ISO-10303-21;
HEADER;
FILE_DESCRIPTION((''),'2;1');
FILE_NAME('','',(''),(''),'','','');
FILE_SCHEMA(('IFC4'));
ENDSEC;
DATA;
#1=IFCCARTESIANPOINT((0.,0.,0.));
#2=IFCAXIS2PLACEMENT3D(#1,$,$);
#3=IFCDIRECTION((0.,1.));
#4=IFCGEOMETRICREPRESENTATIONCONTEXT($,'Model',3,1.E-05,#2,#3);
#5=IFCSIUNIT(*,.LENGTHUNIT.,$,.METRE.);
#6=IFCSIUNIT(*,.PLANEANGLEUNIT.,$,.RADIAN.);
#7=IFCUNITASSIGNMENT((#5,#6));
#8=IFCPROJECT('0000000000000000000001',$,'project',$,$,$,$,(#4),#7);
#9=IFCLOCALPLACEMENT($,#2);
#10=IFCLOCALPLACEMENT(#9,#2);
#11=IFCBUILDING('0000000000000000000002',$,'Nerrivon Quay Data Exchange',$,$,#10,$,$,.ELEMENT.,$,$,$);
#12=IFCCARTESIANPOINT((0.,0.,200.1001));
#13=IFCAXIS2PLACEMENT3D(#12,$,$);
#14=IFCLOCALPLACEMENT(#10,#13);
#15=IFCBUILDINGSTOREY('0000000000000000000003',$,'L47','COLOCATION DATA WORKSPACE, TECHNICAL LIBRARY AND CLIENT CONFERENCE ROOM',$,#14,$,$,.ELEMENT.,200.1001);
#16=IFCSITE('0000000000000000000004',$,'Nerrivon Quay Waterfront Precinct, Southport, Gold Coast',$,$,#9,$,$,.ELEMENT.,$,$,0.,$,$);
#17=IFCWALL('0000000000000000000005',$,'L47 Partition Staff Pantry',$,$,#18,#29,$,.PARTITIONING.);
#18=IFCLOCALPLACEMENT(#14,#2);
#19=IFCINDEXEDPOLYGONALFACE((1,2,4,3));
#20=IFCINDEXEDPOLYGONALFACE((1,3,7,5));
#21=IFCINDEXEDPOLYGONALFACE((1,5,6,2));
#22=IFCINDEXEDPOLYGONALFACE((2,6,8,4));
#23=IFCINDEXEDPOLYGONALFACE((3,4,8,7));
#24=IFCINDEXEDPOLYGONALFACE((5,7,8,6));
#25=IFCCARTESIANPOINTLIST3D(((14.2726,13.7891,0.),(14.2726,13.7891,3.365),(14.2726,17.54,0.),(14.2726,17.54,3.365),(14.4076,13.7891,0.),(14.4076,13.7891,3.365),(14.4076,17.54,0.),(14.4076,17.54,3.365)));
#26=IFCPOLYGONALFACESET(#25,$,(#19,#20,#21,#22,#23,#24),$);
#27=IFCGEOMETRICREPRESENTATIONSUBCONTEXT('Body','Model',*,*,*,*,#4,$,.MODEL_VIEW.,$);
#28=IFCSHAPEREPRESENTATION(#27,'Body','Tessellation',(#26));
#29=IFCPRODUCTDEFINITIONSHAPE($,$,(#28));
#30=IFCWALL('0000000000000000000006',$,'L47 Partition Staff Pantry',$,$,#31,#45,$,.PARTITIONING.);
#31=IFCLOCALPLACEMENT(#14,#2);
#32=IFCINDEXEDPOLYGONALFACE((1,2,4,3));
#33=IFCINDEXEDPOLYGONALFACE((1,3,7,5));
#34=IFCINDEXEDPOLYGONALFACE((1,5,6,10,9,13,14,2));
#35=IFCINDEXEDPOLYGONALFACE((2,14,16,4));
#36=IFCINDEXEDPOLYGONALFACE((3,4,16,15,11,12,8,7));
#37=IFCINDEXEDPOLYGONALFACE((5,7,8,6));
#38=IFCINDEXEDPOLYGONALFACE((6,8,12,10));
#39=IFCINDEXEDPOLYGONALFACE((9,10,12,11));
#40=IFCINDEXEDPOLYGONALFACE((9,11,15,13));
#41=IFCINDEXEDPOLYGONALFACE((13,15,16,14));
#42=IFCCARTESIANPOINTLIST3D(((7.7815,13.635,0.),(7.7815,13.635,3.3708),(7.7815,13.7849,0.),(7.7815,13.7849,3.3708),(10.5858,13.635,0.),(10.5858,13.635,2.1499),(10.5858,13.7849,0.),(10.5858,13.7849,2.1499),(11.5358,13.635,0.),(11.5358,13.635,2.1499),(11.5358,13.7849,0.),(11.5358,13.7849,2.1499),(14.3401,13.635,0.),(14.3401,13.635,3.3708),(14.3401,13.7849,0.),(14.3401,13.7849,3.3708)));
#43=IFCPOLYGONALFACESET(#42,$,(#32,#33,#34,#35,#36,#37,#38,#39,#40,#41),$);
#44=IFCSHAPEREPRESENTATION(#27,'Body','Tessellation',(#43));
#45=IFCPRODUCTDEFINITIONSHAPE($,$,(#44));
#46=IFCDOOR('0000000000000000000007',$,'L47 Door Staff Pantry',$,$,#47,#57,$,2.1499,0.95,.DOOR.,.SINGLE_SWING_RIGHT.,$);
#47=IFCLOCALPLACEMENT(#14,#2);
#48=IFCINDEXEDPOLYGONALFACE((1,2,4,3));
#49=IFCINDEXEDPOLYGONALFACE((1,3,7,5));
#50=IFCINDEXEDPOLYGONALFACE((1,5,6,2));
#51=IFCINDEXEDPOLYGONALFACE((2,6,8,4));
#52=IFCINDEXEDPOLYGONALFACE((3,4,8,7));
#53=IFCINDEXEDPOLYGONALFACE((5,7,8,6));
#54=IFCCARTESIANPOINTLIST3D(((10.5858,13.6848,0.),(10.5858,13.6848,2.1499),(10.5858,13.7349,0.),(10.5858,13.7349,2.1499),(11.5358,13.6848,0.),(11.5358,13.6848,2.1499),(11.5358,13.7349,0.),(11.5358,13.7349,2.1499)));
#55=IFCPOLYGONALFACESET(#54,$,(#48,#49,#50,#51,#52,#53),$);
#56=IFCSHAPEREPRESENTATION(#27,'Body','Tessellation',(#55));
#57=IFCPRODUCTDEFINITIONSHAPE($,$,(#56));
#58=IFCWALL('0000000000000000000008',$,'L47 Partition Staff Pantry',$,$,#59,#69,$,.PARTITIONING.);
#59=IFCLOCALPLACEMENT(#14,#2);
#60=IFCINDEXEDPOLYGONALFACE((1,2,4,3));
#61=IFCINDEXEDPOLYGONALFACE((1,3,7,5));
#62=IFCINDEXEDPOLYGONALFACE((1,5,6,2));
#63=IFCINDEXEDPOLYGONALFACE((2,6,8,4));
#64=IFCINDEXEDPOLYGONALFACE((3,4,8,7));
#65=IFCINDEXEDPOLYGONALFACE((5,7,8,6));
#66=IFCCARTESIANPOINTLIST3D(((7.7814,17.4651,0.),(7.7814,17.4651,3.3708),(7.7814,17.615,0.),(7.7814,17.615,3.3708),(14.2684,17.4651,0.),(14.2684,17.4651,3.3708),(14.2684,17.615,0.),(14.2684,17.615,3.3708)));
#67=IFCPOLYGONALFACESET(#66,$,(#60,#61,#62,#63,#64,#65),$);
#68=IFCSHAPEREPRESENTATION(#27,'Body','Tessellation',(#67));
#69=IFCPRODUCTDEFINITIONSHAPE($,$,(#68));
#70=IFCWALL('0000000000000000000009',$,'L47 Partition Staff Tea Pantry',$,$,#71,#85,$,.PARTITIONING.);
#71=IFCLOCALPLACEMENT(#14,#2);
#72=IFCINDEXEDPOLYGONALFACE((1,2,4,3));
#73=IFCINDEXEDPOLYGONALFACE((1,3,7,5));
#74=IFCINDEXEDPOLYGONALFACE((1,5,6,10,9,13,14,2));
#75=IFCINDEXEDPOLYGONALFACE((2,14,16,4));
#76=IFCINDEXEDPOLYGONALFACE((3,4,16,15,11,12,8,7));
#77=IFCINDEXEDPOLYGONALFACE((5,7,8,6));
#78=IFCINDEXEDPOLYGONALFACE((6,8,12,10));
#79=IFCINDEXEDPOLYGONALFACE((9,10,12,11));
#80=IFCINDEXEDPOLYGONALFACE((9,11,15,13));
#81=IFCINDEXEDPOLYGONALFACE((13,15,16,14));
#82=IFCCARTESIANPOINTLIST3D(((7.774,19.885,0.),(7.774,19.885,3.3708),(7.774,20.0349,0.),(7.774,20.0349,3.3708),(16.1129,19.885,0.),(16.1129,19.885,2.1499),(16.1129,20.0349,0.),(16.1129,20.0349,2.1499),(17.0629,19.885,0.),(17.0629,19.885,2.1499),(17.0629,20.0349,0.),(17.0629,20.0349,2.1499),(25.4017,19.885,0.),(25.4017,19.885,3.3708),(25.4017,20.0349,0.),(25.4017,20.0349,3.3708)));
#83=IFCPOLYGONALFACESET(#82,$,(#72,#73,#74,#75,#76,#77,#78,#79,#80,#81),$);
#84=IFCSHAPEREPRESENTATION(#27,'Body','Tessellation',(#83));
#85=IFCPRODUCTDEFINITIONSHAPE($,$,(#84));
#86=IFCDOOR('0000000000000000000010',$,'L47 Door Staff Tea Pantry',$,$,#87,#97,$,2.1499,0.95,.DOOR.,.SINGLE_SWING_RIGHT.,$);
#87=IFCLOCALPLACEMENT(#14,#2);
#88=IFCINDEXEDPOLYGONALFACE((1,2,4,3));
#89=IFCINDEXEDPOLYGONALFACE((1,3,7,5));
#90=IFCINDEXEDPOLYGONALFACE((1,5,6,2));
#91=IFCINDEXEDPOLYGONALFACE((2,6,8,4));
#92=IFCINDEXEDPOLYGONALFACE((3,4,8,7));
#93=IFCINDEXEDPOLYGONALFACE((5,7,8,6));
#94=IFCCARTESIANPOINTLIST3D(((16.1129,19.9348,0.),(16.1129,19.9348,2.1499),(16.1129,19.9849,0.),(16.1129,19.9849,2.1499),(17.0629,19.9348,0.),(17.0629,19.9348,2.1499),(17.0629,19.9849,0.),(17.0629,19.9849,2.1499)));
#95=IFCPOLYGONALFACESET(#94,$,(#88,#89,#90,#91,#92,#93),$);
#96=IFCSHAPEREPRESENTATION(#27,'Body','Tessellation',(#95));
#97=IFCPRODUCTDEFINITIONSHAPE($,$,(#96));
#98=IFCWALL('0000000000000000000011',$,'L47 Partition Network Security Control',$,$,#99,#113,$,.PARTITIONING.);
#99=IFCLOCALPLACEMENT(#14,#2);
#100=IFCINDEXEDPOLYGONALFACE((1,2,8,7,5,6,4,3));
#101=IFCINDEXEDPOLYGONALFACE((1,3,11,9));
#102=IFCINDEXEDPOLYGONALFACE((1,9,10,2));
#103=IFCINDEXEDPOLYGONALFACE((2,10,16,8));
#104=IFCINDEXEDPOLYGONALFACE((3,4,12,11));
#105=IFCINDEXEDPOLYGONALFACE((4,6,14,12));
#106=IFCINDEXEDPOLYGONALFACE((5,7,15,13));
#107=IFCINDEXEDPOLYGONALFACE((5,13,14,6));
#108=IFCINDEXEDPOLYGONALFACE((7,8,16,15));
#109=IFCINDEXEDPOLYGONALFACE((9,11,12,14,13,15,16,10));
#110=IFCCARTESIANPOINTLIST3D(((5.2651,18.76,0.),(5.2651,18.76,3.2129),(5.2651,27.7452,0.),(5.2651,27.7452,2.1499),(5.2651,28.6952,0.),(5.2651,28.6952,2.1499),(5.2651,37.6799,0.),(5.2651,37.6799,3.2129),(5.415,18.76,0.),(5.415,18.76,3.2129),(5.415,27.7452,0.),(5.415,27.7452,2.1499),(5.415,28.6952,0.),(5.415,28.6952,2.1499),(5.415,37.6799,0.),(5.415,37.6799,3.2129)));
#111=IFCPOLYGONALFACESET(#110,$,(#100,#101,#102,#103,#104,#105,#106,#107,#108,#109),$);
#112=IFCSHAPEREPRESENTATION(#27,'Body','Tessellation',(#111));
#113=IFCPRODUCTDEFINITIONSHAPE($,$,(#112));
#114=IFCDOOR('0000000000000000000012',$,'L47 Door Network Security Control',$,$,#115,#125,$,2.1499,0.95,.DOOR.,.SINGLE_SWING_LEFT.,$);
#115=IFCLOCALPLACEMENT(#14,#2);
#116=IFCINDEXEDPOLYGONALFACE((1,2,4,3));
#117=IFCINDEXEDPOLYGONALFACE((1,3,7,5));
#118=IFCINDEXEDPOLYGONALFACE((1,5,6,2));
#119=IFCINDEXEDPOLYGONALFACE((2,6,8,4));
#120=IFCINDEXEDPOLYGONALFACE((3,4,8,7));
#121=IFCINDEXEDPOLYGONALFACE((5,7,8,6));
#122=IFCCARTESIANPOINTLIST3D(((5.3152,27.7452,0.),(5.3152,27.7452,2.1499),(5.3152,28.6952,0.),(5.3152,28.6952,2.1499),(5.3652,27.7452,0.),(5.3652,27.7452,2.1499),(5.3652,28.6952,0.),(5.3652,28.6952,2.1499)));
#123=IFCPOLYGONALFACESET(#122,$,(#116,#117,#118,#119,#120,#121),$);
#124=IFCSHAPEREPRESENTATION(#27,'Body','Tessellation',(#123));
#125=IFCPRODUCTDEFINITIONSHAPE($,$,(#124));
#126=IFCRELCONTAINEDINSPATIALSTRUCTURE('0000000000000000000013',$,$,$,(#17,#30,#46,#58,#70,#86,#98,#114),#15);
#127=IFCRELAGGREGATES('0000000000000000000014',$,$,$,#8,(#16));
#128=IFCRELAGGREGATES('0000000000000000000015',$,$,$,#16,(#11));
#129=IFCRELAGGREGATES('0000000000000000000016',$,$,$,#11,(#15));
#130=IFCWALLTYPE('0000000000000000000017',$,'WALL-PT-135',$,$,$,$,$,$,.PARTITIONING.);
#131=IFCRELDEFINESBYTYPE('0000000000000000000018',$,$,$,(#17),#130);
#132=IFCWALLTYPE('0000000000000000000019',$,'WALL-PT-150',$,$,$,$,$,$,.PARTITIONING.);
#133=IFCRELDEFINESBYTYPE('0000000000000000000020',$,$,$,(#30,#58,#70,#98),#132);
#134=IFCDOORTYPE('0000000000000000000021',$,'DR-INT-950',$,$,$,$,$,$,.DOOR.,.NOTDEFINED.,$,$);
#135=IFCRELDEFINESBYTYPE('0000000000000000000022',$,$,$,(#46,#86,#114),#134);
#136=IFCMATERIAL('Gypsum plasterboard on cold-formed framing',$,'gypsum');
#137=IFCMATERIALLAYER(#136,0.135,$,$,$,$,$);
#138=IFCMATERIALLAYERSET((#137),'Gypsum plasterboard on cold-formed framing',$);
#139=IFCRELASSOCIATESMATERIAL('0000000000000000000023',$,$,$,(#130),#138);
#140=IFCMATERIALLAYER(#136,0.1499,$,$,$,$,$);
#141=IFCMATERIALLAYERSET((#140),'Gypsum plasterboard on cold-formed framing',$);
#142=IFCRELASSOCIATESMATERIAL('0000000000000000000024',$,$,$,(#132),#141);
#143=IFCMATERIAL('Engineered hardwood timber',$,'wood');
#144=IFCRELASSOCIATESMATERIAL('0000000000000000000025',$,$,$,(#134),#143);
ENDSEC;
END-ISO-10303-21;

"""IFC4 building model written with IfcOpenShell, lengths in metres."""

from ifc_helpers import new_model, si_unit, direction, frame, frame_2d, origin, place, context, subcontext, project, spatial, rectangle, extrude, material, layer, layer_set, type_object, element, fill, save


model = new_model("IFC4")

# Units and contexts
model_context = context("Model", 3, precision=1e-05, world=origin(), true_north=direction((0.0, 1.0)))
body_context = subcontext(model_context, "Body", "Model", "MODEL_VIEW")
ifc_project = project(units=[si_unit("LENGTHUNIT", "METRE"), si_unit("PLANEANGLEUNIT", "RADIAN")], contexts=[model_context])

# Site, building, storey
site_placement = place(None, origin())
site = spatial("IfcSite", under=ifc_project, at=site_placement, Name="Nerrivon Quay Waterfront Precinct, Southport, Gold Coast", CompositionType="ELEMENT", RefElevation=0.0)
building_placement = place(site_placement, origin())
building = spatial("IfcBuilding", under=site, at=building_placement, Name="Nerrivon Quay Data Exchange", CompositionType="ELEMENT")
storey_placement = place(building_placement, frame((0.0, 0.0, 200.1001)))
storey = spatial("IfcBuildingStorey", under=building, at=storey_placement, Name="L47", Description="COLOCATION DATA WORKSPACE, TECHNICAL LIBRARY AND CLIENT CONFERENCE ROOM", CompositionType="ELEMENT", Elevation=200.1001)

# Shared definitions
ifc_material_1 = material(Name="Gypsum plasterboard on cold-formed framing", Category="gypsum")

# Shared definitions
ifc_material_2 = material(Name="Engineered hardwood timber", Category="wood")

# Wall
ifc_layer_1 = layer(ifc_material_1, 0.135)
ifc_layer_set_1 = layer_set([ifc_layer_1], Name="Gypsum plasterboard on cold-formed framing")
wall_type_1 = type_object("IfcWallType", Name="WALL-PT-135", PredefinedType="PARTITIONING", material=ifc_layer_set_1)
wall_1_placement = place(storey_placement, frame((14.3401, 13.7891, 0.0), z_axis=(0.0, 0.0, 1.0), x_axis=(0.0, 1.0, 0.0)))
element("IfcWall", 1, at=wall_1_placement, inside=storey, type_object=wall_type_1, Name="L47 Partition Staff Pantry", PredefinedType="PARTITIONING", context=body_context, shape_type="SweptSolid", body=[
    extrude(rectangle(XDim=3.751, YDim=0.135, at=frame_2d((1.8755, 0.0))), origin(), (0.0, 0.0, 1.0), 3.365),
])

# Wall, opening, door
ifc_layer_2 = layer(ifc_material_1, 0.1499)
ifc_layer_set_2 = layer_set([ifc_layer_2], Name="Gypsum plasterboard on cold-formed framing")
wall_type_2 = type_object("IfcWallType", Name="WALL-PT-150", PredefinedType="PARTITIONING", material=ifc_layer_set_2)
wall_2_placement = place(storey_placement, frame((7.7815, 13.71, 0.0), z_axis=(0.0, 0.0, 1.0), x_axis=(1.0, 0.0, 0.0)))
wall_2 = element("IfcWall", 2, at=wall_2_placement, inside=storey, type_object=wall_type_2, Name="L47 Partition Staff Pantry", PredefinedType="PARTITIONING", context=body_context, shape_type="SweptSolid", body=[
    extrude(rectangle(XDim=6.5586, YDim=0.1499, at=frame_2d((3.2793, 0.0))), origin(), (0.0, 0.0, 1.0), 3.3708),
])
opening_1_placement = place(wall_2_placement, frame((2.8042, 0.0, 0.0)))
opening_1 = element("IfcOpeningElement", 3, at=opening_1_placement, cuts=wall_2, PredefinedType="OPENING", context=body_context, shape_type="SweptSolid", body=[
    extrude(rectangle(XDim=0.95, YDim=2.1499, at=frame_2d((0.4751, 1.075))), frame((0.0, 0.085, 0.0), z_axis=(0.0, -1.0, 0.0), x_axis=(1.0, 0.0, 0.0)), (0.0, 0.0, 1.0), 0.1699),
])
door_type_1 = type_object("IfcDoorType", Name="DR-INT-950", OperationType="NOTDEFINED", PredefinedType="DOOR", material=ifc_material_2)
door_1_placement = place(opening_1_placement, origin())
door_1 = element("IfcDoor", 4, at=door_1_placement, inside=storey, type_object=door_type_1, Name="L47 Door Staff Pantry", OperationType="SINGLE_SWING_RIGHT", OverallHeight=2.1499, OverallWidth=0.95, PredefinedType="DOOR", context=body_context, shape_type="SweptSolid", body=[
    extrude(rectangle(XDim=0.95, YDim=2.1499, at=frame_2d((0.4751, 1.075))), frame((0.0, 0.0249, 0.0), z_axis=(0.0, -1.0, 0.0), x_axis=(1.0, 0.0, 0.0)), (0.0, 0.0, 1.0), 0.05),
])
fill(opening_1, door_1)

# Wall
wall_3_placement = place(storey_placement, frame((14.2686, 17.54, 0.0), z_axis=(0.0, 0.0, 1.0), x_axis=(-1.0, 0.0, 0.0)))
element("IfcWall", 5, at=wall_3_placement, inside=storey, type_object=wall_type_2, Name="L47 Partition Staff Pantry", PredefinedType="PARTITIONING", context=body_context, shape_type="SweptSolid", body=[
    extrude(rectangle(XDim=6.4871, YDim=0.1499, at=frame_2d((3.2437, 0.0))), origin(), (0.0, 0.0, 1.0), 3.3708),
])

# Walls, openings, doors
wall_4_placement = place(storey_placement, frame((7.7739, 19.96, 0.0), z_axis=(0.0, 0.0, 1.0), x_axis=(1.0, 0.0, 0.0)))
wall_4 = element("IfcWall", 6, at=wall_4_placement, inside=storey, type_object=wall_type_2, Name="L47 Partition Staff Tea Pantry", PredefinedType="PARTITIONING", context=body_context, shape_type="SweptSolid", body=[
    extrude(rectangle(XDim=17.6277, YDim=0.1499, at=frame_2d((8.814, 0.0))), origin(), (0.0, 0.0, 1.0), 3.3708),
])
opening_2_placement = place(wall_4_placement, frame((8.3389, 0.0, 0.0)))
opening_2 = element("IfcOpeningElement", 7, at=opening_2_placement, cuts=wall_4, PredefinedType="OPENING", context=body_context, shape_type="SweptSolid", body=[
    extrude(rectangle(XDim=0.95, YDim=2.1499, at=frame_2d((0.4751, 1.075))), frame((0.0, 0.085, 0.0), z_axis=(0.0, -1.0, 0.0), x_axis=(1.0, 0.0, 0.0)), (0.0, 0.0, 1.0), 0.1699),
])
door_2_placement = place(opening_2_placement, origin())
door_2 = element("IfcDoor", 8, at=door_2_placement, inside=storey, type_object=door_type_1, Name="L47 Door Staff Tea Pantry", OperationType="SINGLE_SWING_RIGHT", OverallHeight=2.1499, OverallWidth=0.95, PredefinedType="DOOR", context=body_context, shape_type="SweptSolid", body=[
    extrude(rectangle(XDim=0.95, YDim=2.1499, at=frame_2d((0.4751, 1.075))), frame((0.0, 0.0249, 0.0), z_axis=(0.0, -1.0, 0.0), x_axis=(1.0, 0.0, 0.0)), (0.0, 0.0, 1.0), 0.05),
])
fill(opening_2, door_2)
wall_5_placement = place(storey_placement, frame((5.3401, 18.76, 0.0), z_axis=(0.0, 0.0, 1.0), x_axis=(0.0, 1.0, 0.0)))
wall_5 = element("IfcWall", 9, at=wall_5_placement, inside=storey, type_object=wall_type_2, Name="L47 Partition Network Security Control", PredefinedType="PARTITIONING", context=body_context, shape_type="SweptSolid", body=[
    extrude(rectangle(XDim=18.9199, YDim=0.1499, at=frame_2d((9.46, 0.0))), origin(), (0.0, 0.0, 1.0), 3.2129),
])
opening_3_placement = place(wall_5_placement, frame((8.9851, 0.0, 0.0)))
opening_3 = element("IfcOpeningElement", 10, at=opening_3_placement, cuts=wall_5, PredefinedType="OPENING", context=body_context, shape_type="SweptSolid", body=[
    extrude(rectangle(XDim=0.95, YDim=2.1499, at=frame_2d((0.4751, 1.075))), frame((0.0, 0.085, 0.0), z_axis=(0.0, -1.0, 0.0), x_axis=(1.0, 0.0, 0.0)), (0.0, 0.0, 1.0), 0.1699),
])
door_3_placement = place(opening_3_placement, origin())
door_3 = element("IfcDoor", 11, at=door_3_placement, inside=storey, type_object=door_type_1, Name="L47 Door Network Security Control", OperationType="SINGLE_SWING_LEFT", OverallHeight=2.1499, OverallWidth=0.95, PredefinedType="DOOR", context=body_context, shape_type="SweptSolid", body=[
    extrude(rectangle(XDim=0.95, YDim=2.1499, at=frame_2d((0.4751, 1.075))), frame((0.0, 0.0249, 0.0), z_axis=(0.0, -1.0, 0.0), x_axis=(1.0, 0.0, 0.0)), (0.0, 0.0, 1.0), 0.05),
])
fill(opening_3, door_3)

save(model, "model.ifc")
